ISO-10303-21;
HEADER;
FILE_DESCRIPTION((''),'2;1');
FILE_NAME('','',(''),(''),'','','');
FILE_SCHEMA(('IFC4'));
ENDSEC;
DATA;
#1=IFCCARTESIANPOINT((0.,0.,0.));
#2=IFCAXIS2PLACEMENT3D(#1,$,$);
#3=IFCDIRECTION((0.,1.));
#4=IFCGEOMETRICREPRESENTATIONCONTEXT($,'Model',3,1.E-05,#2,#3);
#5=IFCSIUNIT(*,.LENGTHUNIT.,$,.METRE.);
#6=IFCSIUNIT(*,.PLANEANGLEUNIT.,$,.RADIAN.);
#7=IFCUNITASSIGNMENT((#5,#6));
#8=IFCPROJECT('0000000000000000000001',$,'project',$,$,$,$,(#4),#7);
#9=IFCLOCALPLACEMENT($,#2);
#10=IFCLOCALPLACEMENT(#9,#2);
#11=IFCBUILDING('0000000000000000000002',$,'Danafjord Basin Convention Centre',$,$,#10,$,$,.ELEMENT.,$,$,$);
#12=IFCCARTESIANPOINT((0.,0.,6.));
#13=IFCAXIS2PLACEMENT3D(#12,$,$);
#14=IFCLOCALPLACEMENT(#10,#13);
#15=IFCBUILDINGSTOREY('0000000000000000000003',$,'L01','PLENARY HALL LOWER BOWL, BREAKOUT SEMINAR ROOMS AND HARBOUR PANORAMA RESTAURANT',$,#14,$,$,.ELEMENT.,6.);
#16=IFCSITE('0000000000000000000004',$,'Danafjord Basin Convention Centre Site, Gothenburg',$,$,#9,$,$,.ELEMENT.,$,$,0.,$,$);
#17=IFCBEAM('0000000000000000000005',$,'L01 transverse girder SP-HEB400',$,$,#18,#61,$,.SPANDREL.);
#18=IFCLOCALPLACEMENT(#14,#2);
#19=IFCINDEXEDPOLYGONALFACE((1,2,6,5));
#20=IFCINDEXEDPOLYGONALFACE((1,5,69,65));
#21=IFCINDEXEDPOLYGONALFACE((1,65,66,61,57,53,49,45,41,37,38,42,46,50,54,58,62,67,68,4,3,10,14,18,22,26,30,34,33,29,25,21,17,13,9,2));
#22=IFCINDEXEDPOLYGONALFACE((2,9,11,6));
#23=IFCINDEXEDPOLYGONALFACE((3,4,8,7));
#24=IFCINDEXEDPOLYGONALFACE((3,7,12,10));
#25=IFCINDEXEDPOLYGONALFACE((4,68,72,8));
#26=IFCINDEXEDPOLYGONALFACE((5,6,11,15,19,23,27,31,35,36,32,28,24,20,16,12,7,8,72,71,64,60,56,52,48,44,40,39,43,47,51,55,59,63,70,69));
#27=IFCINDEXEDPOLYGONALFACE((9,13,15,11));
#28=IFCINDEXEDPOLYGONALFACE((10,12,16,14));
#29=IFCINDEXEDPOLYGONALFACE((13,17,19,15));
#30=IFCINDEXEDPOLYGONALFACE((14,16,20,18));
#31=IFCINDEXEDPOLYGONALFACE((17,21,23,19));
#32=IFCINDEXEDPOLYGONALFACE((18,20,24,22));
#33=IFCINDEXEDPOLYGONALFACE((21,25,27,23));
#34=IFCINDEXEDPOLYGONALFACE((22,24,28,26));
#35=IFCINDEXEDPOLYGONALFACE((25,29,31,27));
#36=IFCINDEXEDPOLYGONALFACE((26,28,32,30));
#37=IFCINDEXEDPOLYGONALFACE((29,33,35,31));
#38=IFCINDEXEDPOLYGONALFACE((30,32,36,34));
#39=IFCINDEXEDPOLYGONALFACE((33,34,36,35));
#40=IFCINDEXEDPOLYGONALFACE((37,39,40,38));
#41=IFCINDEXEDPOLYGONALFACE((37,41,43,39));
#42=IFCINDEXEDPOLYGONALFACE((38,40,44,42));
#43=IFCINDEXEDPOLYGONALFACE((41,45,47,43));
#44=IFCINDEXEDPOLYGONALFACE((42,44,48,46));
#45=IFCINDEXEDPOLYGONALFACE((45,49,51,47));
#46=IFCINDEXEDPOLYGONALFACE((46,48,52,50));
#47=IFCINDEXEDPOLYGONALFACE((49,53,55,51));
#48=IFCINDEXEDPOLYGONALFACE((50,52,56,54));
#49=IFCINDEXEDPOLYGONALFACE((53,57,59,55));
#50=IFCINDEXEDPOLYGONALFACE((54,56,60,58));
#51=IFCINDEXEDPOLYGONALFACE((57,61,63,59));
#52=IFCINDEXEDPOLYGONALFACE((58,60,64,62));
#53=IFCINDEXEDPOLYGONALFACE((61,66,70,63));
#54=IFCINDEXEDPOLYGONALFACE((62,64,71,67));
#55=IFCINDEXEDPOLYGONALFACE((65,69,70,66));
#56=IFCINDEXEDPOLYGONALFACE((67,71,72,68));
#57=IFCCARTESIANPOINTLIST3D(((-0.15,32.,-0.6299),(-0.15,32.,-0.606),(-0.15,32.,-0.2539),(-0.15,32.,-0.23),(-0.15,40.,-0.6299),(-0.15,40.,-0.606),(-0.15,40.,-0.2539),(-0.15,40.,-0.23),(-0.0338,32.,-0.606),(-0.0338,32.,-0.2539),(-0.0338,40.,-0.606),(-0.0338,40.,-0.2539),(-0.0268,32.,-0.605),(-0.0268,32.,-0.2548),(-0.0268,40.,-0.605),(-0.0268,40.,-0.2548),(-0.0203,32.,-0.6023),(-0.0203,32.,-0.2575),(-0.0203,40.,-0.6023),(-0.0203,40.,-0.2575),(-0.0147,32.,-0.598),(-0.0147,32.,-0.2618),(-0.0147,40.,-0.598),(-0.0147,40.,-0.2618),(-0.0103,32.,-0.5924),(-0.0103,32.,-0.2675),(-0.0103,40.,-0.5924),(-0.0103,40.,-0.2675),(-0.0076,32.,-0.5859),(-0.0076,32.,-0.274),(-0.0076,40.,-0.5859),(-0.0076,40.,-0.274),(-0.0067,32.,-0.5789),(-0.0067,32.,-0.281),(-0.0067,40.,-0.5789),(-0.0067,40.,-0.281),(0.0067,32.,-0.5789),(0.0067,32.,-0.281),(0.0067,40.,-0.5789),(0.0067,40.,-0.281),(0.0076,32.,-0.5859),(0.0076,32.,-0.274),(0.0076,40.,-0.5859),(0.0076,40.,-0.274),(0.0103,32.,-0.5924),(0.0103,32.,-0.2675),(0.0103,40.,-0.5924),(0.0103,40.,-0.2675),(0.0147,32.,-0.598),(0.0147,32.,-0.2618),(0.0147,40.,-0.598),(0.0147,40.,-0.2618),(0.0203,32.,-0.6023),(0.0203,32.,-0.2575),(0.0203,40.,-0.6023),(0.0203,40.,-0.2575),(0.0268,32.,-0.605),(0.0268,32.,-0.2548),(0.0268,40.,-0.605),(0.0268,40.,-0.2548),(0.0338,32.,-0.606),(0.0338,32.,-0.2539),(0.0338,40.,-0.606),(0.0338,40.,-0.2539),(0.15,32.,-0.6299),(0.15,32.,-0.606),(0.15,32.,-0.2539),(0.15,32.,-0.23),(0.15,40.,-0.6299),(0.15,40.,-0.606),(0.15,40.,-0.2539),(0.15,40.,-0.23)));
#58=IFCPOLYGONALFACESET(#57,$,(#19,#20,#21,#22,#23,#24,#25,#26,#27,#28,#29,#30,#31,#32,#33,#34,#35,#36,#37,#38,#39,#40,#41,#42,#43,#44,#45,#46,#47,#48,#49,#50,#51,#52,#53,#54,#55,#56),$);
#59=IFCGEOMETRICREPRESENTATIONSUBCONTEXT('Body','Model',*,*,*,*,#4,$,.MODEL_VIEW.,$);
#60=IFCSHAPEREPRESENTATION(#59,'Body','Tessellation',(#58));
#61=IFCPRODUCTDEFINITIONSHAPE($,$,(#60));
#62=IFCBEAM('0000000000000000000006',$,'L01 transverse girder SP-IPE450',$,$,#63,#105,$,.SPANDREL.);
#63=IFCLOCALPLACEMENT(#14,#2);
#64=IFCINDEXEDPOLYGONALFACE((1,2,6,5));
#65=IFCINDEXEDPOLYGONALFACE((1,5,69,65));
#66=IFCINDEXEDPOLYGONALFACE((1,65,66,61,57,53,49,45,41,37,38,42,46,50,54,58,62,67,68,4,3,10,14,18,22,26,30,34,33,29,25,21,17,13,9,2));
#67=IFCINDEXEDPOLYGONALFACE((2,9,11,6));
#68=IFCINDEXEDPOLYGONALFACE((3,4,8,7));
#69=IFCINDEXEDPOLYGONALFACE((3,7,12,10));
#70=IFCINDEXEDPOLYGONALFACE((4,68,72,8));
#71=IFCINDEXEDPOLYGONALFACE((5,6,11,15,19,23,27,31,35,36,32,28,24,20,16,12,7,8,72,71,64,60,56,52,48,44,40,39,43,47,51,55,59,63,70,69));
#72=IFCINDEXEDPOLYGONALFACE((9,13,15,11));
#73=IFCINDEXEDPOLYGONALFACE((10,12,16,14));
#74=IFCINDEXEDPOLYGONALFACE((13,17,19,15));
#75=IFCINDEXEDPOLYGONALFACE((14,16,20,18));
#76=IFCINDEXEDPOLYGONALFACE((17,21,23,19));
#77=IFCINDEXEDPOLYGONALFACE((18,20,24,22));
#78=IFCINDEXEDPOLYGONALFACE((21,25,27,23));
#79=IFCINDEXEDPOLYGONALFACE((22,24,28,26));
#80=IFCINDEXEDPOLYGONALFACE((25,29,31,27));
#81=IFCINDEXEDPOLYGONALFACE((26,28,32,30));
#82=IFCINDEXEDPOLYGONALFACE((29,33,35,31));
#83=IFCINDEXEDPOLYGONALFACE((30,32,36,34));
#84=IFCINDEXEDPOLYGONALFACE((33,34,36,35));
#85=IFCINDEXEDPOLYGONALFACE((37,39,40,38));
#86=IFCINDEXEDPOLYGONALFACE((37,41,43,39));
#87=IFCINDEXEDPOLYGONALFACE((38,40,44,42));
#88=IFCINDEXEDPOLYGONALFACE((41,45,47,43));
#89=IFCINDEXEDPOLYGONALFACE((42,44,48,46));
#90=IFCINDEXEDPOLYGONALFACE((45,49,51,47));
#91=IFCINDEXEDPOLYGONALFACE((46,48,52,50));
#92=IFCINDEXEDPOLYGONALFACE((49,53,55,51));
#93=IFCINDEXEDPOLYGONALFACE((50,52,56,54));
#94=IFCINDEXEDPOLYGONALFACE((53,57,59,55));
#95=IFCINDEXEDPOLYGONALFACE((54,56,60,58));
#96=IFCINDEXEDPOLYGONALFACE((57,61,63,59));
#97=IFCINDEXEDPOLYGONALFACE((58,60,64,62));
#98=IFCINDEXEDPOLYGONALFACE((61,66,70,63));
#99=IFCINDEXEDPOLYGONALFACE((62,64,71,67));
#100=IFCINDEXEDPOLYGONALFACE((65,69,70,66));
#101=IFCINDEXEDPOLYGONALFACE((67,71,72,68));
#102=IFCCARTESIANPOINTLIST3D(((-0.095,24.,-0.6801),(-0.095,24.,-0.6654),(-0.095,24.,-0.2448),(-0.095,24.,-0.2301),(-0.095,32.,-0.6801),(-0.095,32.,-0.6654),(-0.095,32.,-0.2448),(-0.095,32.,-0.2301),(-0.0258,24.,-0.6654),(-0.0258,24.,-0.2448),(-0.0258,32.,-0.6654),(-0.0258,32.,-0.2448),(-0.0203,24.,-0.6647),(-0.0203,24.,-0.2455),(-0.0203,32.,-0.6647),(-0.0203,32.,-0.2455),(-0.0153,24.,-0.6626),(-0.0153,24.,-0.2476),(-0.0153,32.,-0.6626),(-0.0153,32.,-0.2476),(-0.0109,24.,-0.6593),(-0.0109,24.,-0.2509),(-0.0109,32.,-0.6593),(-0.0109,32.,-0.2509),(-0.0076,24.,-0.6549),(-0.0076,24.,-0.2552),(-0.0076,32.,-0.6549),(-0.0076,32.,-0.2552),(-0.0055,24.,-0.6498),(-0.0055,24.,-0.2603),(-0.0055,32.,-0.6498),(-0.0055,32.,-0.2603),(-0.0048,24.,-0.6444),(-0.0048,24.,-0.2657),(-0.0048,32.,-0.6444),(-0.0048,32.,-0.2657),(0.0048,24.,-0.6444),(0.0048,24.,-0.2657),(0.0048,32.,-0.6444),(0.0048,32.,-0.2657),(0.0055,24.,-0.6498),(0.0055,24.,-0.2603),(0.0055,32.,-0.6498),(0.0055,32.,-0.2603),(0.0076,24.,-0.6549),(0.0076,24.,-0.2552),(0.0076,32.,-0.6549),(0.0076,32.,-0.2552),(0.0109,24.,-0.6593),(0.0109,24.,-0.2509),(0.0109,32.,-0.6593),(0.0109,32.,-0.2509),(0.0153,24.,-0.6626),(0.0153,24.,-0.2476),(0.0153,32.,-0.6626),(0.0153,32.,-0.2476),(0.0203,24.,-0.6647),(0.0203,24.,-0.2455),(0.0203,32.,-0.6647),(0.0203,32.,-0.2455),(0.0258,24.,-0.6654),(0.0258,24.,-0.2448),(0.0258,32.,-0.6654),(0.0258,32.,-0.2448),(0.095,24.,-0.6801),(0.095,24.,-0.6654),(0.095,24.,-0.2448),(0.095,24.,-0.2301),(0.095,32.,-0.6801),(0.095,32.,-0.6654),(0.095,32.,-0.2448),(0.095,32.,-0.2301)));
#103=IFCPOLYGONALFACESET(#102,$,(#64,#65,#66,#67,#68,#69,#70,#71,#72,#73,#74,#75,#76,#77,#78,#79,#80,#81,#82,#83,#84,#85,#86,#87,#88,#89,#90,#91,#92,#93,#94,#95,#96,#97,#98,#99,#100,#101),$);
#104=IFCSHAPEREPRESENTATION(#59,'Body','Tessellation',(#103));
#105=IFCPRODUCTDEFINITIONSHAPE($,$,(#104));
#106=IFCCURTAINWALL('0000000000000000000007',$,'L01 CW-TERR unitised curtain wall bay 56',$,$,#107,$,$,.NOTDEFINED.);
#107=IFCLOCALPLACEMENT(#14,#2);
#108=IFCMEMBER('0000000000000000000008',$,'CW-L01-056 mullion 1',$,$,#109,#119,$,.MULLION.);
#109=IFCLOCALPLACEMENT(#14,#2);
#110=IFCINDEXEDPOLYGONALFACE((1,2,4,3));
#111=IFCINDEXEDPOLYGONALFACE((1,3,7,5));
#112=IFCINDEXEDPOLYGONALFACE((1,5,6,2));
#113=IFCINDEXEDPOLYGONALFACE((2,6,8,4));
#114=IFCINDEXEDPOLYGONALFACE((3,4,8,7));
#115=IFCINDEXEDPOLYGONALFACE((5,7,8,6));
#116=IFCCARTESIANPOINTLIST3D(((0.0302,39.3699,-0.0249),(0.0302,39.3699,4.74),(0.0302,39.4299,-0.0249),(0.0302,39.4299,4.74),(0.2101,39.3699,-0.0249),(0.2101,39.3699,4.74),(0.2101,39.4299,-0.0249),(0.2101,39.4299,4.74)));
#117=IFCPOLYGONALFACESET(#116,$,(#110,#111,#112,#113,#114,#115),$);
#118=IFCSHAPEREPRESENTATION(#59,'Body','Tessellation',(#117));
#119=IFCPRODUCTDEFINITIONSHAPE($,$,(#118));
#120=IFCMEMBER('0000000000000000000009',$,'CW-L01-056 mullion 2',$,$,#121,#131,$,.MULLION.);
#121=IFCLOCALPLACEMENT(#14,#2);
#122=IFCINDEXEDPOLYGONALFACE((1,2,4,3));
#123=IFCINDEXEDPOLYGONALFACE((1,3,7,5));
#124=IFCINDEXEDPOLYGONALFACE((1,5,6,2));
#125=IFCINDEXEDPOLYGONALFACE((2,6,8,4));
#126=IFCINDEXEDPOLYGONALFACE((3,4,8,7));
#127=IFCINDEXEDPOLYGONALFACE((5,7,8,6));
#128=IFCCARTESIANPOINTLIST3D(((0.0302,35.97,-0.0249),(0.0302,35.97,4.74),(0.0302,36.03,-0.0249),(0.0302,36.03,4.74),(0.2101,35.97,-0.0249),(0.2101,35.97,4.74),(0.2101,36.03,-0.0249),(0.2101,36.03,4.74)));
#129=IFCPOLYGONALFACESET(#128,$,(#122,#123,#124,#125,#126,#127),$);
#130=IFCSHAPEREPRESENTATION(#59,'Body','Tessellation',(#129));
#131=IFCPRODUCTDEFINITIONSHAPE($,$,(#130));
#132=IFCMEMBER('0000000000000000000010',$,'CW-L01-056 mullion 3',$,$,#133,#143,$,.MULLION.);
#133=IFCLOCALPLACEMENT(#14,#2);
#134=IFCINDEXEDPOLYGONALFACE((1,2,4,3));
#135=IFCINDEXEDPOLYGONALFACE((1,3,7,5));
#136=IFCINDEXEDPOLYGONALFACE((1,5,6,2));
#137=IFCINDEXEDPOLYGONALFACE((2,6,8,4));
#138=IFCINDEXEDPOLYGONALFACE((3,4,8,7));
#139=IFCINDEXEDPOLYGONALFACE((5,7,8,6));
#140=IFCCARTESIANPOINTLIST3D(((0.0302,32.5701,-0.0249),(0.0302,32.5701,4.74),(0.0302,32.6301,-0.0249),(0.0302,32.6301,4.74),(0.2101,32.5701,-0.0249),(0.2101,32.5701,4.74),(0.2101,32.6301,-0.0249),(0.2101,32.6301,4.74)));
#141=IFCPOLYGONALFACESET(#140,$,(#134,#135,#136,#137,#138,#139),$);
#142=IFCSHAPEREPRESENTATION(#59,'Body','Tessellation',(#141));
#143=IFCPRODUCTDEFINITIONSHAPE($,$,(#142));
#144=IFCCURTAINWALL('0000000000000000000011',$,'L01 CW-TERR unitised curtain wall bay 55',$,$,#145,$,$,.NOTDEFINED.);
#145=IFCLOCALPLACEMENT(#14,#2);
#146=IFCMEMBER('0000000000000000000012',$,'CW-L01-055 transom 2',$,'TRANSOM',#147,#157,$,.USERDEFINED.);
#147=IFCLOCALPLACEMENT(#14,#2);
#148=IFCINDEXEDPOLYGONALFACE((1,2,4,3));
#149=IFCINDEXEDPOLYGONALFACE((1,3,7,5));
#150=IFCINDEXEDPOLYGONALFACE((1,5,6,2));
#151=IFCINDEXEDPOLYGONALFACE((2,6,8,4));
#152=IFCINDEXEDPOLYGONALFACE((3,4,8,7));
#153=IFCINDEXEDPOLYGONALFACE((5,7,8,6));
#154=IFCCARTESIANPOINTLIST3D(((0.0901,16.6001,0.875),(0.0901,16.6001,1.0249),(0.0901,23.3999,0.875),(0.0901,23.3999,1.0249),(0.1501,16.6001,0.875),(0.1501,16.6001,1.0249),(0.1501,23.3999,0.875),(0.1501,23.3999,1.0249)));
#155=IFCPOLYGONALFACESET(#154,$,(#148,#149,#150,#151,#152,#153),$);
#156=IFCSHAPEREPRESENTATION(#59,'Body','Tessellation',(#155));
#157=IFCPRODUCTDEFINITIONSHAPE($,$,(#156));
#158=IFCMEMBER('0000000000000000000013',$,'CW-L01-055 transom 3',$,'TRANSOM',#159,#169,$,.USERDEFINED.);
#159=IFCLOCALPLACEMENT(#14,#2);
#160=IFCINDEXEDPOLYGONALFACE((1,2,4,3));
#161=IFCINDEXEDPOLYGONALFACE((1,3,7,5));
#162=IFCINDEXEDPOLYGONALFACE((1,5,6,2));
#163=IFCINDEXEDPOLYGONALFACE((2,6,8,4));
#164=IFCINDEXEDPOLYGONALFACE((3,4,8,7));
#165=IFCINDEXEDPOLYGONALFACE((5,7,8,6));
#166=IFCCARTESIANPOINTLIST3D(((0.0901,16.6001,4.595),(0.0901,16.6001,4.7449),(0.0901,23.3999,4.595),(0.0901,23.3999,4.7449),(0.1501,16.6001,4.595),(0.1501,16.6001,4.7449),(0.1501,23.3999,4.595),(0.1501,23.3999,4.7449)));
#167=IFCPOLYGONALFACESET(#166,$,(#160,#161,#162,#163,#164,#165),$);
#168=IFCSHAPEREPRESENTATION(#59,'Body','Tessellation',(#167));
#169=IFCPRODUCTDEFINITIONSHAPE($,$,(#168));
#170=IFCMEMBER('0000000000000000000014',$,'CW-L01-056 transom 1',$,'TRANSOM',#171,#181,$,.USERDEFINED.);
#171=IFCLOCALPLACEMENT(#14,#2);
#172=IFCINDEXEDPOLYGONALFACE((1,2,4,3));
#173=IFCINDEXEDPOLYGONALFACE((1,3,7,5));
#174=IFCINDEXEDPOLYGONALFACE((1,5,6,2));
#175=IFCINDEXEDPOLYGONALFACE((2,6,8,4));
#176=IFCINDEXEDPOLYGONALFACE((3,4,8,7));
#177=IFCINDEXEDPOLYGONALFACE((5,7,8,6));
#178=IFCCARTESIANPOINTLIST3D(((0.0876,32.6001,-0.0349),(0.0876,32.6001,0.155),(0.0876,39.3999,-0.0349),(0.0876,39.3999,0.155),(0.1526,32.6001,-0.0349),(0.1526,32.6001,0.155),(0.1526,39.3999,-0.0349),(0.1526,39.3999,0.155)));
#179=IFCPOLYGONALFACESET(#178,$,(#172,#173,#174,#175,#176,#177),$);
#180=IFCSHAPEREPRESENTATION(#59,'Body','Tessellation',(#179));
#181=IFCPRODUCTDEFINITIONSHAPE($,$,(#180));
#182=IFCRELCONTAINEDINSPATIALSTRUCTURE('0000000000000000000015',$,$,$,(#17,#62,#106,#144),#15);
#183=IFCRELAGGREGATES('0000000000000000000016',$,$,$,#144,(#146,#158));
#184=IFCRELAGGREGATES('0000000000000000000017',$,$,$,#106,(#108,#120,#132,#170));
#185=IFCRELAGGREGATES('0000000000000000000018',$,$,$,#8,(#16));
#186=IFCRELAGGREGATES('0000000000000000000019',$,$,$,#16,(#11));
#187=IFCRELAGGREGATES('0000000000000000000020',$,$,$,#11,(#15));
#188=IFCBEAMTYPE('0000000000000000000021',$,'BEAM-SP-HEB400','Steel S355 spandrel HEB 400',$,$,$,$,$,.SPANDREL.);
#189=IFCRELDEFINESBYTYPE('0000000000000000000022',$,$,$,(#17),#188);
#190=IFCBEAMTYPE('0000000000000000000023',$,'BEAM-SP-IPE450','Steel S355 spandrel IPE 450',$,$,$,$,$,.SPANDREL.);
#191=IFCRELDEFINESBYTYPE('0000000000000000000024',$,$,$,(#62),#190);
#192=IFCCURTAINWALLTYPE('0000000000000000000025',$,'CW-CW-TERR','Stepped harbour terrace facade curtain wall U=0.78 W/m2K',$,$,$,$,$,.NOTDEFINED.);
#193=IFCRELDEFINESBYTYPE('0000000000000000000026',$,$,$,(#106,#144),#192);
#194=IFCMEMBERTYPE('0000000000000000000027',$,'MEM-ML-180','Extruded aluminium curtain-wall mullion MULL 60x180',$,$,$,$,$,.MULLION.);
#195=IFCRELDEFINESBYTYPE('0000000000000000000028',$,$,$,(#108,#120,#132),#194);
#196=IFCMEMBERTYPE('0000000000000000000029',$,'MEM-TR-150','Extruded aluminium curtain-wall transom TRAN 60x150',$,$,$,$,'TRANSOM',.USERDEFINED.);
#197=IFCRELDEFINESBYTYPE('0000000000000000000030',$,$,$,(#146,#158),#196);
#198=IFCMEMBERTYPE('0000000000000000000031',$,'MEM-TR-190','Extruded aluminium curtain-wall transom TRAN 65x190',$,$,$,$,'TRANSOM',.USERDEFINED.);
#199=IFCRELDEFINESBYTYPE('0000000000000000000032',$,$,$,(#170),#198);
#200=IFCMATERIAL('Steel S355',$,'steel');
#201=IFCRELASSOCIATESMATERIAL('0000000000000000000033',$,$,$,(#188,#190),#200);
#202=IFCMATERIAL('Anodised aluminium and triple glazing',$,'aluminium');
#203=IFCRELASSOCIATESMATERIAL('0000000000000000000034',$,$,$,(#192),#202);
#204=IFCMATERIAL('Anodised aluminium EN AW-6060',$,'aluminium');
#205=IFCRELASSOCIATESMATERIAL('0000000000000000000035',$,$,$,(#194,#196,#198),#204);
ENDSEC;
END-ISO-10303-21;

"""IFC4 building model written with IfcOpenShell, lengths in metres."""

from ifc_helpers import new_model, si_unit, direction, frame, origin, origin_2d, place, context, subcontext, project, spatial, rectangle, i_section, extrude, material, material_profile, profile_set, type_object, element, aggregate, save


model = new_model("IFC4")

# Units and contexts
model_context = context("Model", 3, precision=1e-05, world=origin(), true_north=direction((0.0, 1.0)))
body_context = subcontext(model_context, "Body", "Model", "MODEL_VIEW")
ifc_project = project(units=[si_unit("LENGTHUNIT", "METRE"), si_unit("PLANEANGLEUNIT", "RADIAN")], contexts=[model_context])

# Site, building, storey
site_placement = place(None, origin())
site = spatial("IfcSite", under=ifc_project, at=site_placement, Name="Danafjord Basin Convention Centre Site, Gothenburg", CompositionType="ELEMENT", RefElevation=0.0)
building_placement = place(site_placement, origin())
building = spatial("IfcBuilding", under=site, at=building_placement, Name="Danafjord Basin Convention Centre", CompositionType="ELEMENT")
storey_placement = place(building_placement, frame((0.0, 0.0, 6.0)))
storey = spatial("IfcBuildingStorey", under=building, at=storey_placement, Name="L01", Description="PLENARY HALL LOWER BOWL, BREAKOUT SEMINAR ROOMS AND HARBOUR PANORAMA RESTAURANT", CompositionType="ELEMENT", Elevation=6.0)

# Shared definitions
ifc_material_1 = material(Name="Steel S355", Category="steel")

# Beams
ifc_material_profile_1 = material_profile(ifc_material_1, i_section(OverallWidth=0.3, OverallDepth=0.3999, WebThickness=0.0134, FlangeThickness=0.0239, FilletRadius=0.0271, at=origin_2d()), Name="HEB 400")
ifc_profile_set_1 = profile_set([ifc_material_profile_1], Name="Steel S355")
beam_type_1 = type_object("IfcBeamType", Name="BEAM-SP-HEB400", Description="Steel S355 spandrel HEB 400", PredefinedType="SPANDREL", material=ifc_profile_set_1)
beam_1_placement = place(storey_placement, frame((0.0, 32.0, -0.4299), z_axis=(0.0, 1.0, 0.0), x_axis=(-1.0, 0.0, 0.0)))
element("IfcBeam", 1, at=beam_1_placement, inside=storey, type_object=beam_type_1, Name="L01 transverse girder SP-HEB400", PredefinedType="SPANDREL", context=body_context, shape_type="SweptSolid", body=[
    extrude(i_section(OverallWidth=0.3, OverallDepth=0.3999, WebThickness=0.0134, FlangeThickness=0.0239, FilletRadius=0.0271, at=origin_2d()), origin(), (0.0, 0.0, 1.0), 8.0),
])
ifc_material_profile_2 = material_profile(ifc_material_1, i_section(OverallWidth=0.1899, OverallDepth=0.45, WebThickness=0.0095, FlangeThickness=0.0146, FilletRadius=0.021, at=origin_2d()), Name="IPE 450")
ifc_profile_set_2 = profile_set([ifc_material_profile_2], Name="Steel S355")
beam_type_2 = type_object("IfcBeamType", Name="BEAM-SP-IPE450", Description="Steel S355 spandrel IPE 450", PredefinedType="SPANDREL", material=ifc_profile_set_2)
beam_2_placement = place(storey_placement, frame((0.0, 24.0, -0.4551), z_axis=(0.0, 1.0, 0.0), x_axis=(-1.0, 0.0, 0.0)))
element("IfcBeam", 2, at=beam_2_placement, inside=storey, type_object=beam_type_2, Name="L01 transverse girder SP-IPE450", PredefinedType="SPANDREL", context=body_context, shape_type="SweptSolid", body=[
    extrude(i_section(OverallWidth=0.1899, OverallDepth=0.45, WebThickness=0.0095, FlangeThickness=0.0146, FilletRadius=0.021, at=origin_2d()), origin(), (0.0, 0.0, 1.0), 8.0),
])

# Curtain walls, members
ifc_material_2 = material(Name="Anodised aluminium and triple glazing", Category="aluminium")
curtain_wall_type = type_object("IfcCurtainWallType", Name="CW-CW-TERR", Description="Stepped harbour terrace facade curtain wall U=0.78 W/m2K", PredefinedType="NOTDEFINED", material=ifc_material_2)
curtain_wall_1_placement = place(storey_placement, origin())
curtain_wall_1 = element("IfcCurtainWall", 3, at=curtain_wall_1_placement, inside=storey, type_object=curtain_wall_type, Name="L01 CW-TERR unitised curtain wall bay 56", PredefinedType="NOTDEFINED")
ifc_material_3 = material(Name="Anodised aluminium EN AW-6060", Category="aluminium")
ifc_material_profile_3 = material_profile(ifc_material_3, rectangle(XDim=0.0601, YDim=0.1799, at=origin_2d()), Name="MULL 60x180")
ifc_profile_set_3 = profile_set([ifc_material_profile_3], Name="Anodised aluminium EN AW-6060")
member_type_1 = type_object("IfcMemberType", Name="MEM-ML-180", Description="Extruded aluminium curtain-wall mullion MULL 60x180", PredefinedType="MULLION", material=ifc_profile_set_3)
member_1_placement = place(storey_placement, frame((0.1201, 39.3999, -0.0249), z_axis=(0.0, 0.0, 1.0), x_axis=(0.0, -1.0, 0.0)))
member_1 = element("IfcMember", 4, at=member_1_placement, type_object=member_type_1, Name="CW-L01-056 mullion 1", PredefinedType="MULLION", context=body_context, shape_type="SweptSolid", body=[
    extrude(rectangle(XDim=0.0601, YDim=0.1799, at=origin_2d()), origin(), (0.0, 0.0, 1.0), 4.7649),
])
member_2_placement = place(storey_placement, frame((0.1201, 36.0, -0.0249), z_axis=(0.0, 0.0, 1.0), x_axis=(0.0, -1.0, 0.0)))
member_2 = element("IfcMember", 5, at=member_2_placement, type_object=member_type_1, Name="CW-L01-056 mullion 2", PredefinedType="MULLION", context=body_context, shape_type="SweptSolid", body=[
    extrude(rectangle(XDim=0.0601, YDim=0.1799, at=origin_2d()), origin(), (0.0, 0.0, 1.0), 4.7649),
])
member_3_placement = place(storey_placement, frame((0.1201, 32.6001, -0.0249), z_axis=(0.0, 0.0, 1.0), x_axis=(0.0, -1.0, 0.0)))
member_3 = element("IfcMember", 6, at=member_3_placement, type_object=member_type_1, Name="CW-L01-056 mullion 3", PredefinedType="MULLION", context=body_context, shape_type="SweptSolid", body=[
    extrude(rectangle(XDim=0.0601, YDim=0.1799, at=origin_2d()), origin(), (0.0, 0.0, 1.0), 4.7649),
])
curtain_wall_2_placement = place(storey_placement, origin())
curtain_wall_2 = element("IfcCurtainWall", 7, at=curtain_wall_2_placement, inside=storey, type_object=curtain_wall_type, Name="L01 CW-TERR unitised curtain wall bay 55", PredefinedType="NOTDEFINED")
ifc_material_profile_4 = material_profile(ifc_material_3, rectangle(XDim=0.0601, YDim=0.1499, at=origin_2d()), Name="TRAN 60x150")
ifc_profile_set_4 = profile_set([ifc_material_profile_4], Name="Anodised aluminium EN AW-6060")
member_type_2 = type_object("IfcMemberType", Name="MEM-TR-150", Description="Extruded aluminium curtain-wall transom TRAN 60x150", ElementType="TRANSOM", PredefinedType="USERDEFINED", material=ifc_profile_set_4)
member_4_placement = place(storey_placement, frame((0.1201, 23.3999, 0.95), z_axis=(0.0, -1.0, 0.0), x_axis=(1.0, 0.0, 0.0)))
member_4 = element("IfcMember", 8, at=member_4_placement, type_object=member_type_2, Name="CW-L01-055 transom 2", ObjectType="TRANSOM", PredefinedType="USERDEFINED", context=body_context, shape_type="SweptSolid", body=[
    extrude(rectangle(XDim=0.0601, YDim=0.1499, at=origin_2d()), origin(), (0.0, 0.0, 1.0), 6.7998),
])
member_5_placement = place(storey_placement, frame((0.1201, 23.3999, 4.6699), z_axis=(0.0, -1.0, 0.0), x_axis=(1.0, 0.0, 0.0)))
member_5 = element("IfcMember", 9, at=member_5_placement, type_object=member_type_2, Name="CW-L01-055 transom 3", ObjectType="TRANSOM", PredefinedType="USERDEFINED", context=body_context, shape_type="SweptSolid", body=[
    extrude(rectangle(XDim=0.0601, YDim=0.1499, at=origin_2d()), origin(), (0.0, 0.0, 1.0), 6.7998),
])
aggregate(curtain_wall_2, [member_4, member_5])

# Member
ifc_material_profile_5 = material_profile(ifc_material_3, rectangle(XDim=0.0649, YDim=0.1899, at=origin_2d()), Name="TRAN 65x190")
ifc_profile_set_5 = profile_set([ifc_material_profile_5], Name="Anodised aluminium EN AW-6060")
member_type_3 = type_object("IfcMemberType", Name="MEM-TR-190", Description="Extruded aluminium curtain-wall transom TRAN 65x190", ElementType="TRANSOM", PredefinedType="USERDEFINED", material=ifc_profile_set_5)
member_6_placement = place(storey_placement, frame((0.1201, 39.3999, 0.0601), z_axis=(0.0, -1.0, 0.0), x_axis=(1.0, 0.0, 0.0)))
member_6 = element("IfcMember", 10, at=member_6_placement, type_object=member_type_3, Name="CW-L01-056 transom 1", ObjectType="TRANSOM", PredefinedType="USERDEFINED", context=body_context, shape_type="SweptSolid", body=[
    extrude(rectangle(XDim=0.0649, YDim=0.1899, at=origin_2d()), origin(), (0.0, 0.0, 1.0), 6.7998),
])

aggregate(curtain_wall_1, [member_1, member_2, member_3, member_6])

save(model, "model.ifc")
